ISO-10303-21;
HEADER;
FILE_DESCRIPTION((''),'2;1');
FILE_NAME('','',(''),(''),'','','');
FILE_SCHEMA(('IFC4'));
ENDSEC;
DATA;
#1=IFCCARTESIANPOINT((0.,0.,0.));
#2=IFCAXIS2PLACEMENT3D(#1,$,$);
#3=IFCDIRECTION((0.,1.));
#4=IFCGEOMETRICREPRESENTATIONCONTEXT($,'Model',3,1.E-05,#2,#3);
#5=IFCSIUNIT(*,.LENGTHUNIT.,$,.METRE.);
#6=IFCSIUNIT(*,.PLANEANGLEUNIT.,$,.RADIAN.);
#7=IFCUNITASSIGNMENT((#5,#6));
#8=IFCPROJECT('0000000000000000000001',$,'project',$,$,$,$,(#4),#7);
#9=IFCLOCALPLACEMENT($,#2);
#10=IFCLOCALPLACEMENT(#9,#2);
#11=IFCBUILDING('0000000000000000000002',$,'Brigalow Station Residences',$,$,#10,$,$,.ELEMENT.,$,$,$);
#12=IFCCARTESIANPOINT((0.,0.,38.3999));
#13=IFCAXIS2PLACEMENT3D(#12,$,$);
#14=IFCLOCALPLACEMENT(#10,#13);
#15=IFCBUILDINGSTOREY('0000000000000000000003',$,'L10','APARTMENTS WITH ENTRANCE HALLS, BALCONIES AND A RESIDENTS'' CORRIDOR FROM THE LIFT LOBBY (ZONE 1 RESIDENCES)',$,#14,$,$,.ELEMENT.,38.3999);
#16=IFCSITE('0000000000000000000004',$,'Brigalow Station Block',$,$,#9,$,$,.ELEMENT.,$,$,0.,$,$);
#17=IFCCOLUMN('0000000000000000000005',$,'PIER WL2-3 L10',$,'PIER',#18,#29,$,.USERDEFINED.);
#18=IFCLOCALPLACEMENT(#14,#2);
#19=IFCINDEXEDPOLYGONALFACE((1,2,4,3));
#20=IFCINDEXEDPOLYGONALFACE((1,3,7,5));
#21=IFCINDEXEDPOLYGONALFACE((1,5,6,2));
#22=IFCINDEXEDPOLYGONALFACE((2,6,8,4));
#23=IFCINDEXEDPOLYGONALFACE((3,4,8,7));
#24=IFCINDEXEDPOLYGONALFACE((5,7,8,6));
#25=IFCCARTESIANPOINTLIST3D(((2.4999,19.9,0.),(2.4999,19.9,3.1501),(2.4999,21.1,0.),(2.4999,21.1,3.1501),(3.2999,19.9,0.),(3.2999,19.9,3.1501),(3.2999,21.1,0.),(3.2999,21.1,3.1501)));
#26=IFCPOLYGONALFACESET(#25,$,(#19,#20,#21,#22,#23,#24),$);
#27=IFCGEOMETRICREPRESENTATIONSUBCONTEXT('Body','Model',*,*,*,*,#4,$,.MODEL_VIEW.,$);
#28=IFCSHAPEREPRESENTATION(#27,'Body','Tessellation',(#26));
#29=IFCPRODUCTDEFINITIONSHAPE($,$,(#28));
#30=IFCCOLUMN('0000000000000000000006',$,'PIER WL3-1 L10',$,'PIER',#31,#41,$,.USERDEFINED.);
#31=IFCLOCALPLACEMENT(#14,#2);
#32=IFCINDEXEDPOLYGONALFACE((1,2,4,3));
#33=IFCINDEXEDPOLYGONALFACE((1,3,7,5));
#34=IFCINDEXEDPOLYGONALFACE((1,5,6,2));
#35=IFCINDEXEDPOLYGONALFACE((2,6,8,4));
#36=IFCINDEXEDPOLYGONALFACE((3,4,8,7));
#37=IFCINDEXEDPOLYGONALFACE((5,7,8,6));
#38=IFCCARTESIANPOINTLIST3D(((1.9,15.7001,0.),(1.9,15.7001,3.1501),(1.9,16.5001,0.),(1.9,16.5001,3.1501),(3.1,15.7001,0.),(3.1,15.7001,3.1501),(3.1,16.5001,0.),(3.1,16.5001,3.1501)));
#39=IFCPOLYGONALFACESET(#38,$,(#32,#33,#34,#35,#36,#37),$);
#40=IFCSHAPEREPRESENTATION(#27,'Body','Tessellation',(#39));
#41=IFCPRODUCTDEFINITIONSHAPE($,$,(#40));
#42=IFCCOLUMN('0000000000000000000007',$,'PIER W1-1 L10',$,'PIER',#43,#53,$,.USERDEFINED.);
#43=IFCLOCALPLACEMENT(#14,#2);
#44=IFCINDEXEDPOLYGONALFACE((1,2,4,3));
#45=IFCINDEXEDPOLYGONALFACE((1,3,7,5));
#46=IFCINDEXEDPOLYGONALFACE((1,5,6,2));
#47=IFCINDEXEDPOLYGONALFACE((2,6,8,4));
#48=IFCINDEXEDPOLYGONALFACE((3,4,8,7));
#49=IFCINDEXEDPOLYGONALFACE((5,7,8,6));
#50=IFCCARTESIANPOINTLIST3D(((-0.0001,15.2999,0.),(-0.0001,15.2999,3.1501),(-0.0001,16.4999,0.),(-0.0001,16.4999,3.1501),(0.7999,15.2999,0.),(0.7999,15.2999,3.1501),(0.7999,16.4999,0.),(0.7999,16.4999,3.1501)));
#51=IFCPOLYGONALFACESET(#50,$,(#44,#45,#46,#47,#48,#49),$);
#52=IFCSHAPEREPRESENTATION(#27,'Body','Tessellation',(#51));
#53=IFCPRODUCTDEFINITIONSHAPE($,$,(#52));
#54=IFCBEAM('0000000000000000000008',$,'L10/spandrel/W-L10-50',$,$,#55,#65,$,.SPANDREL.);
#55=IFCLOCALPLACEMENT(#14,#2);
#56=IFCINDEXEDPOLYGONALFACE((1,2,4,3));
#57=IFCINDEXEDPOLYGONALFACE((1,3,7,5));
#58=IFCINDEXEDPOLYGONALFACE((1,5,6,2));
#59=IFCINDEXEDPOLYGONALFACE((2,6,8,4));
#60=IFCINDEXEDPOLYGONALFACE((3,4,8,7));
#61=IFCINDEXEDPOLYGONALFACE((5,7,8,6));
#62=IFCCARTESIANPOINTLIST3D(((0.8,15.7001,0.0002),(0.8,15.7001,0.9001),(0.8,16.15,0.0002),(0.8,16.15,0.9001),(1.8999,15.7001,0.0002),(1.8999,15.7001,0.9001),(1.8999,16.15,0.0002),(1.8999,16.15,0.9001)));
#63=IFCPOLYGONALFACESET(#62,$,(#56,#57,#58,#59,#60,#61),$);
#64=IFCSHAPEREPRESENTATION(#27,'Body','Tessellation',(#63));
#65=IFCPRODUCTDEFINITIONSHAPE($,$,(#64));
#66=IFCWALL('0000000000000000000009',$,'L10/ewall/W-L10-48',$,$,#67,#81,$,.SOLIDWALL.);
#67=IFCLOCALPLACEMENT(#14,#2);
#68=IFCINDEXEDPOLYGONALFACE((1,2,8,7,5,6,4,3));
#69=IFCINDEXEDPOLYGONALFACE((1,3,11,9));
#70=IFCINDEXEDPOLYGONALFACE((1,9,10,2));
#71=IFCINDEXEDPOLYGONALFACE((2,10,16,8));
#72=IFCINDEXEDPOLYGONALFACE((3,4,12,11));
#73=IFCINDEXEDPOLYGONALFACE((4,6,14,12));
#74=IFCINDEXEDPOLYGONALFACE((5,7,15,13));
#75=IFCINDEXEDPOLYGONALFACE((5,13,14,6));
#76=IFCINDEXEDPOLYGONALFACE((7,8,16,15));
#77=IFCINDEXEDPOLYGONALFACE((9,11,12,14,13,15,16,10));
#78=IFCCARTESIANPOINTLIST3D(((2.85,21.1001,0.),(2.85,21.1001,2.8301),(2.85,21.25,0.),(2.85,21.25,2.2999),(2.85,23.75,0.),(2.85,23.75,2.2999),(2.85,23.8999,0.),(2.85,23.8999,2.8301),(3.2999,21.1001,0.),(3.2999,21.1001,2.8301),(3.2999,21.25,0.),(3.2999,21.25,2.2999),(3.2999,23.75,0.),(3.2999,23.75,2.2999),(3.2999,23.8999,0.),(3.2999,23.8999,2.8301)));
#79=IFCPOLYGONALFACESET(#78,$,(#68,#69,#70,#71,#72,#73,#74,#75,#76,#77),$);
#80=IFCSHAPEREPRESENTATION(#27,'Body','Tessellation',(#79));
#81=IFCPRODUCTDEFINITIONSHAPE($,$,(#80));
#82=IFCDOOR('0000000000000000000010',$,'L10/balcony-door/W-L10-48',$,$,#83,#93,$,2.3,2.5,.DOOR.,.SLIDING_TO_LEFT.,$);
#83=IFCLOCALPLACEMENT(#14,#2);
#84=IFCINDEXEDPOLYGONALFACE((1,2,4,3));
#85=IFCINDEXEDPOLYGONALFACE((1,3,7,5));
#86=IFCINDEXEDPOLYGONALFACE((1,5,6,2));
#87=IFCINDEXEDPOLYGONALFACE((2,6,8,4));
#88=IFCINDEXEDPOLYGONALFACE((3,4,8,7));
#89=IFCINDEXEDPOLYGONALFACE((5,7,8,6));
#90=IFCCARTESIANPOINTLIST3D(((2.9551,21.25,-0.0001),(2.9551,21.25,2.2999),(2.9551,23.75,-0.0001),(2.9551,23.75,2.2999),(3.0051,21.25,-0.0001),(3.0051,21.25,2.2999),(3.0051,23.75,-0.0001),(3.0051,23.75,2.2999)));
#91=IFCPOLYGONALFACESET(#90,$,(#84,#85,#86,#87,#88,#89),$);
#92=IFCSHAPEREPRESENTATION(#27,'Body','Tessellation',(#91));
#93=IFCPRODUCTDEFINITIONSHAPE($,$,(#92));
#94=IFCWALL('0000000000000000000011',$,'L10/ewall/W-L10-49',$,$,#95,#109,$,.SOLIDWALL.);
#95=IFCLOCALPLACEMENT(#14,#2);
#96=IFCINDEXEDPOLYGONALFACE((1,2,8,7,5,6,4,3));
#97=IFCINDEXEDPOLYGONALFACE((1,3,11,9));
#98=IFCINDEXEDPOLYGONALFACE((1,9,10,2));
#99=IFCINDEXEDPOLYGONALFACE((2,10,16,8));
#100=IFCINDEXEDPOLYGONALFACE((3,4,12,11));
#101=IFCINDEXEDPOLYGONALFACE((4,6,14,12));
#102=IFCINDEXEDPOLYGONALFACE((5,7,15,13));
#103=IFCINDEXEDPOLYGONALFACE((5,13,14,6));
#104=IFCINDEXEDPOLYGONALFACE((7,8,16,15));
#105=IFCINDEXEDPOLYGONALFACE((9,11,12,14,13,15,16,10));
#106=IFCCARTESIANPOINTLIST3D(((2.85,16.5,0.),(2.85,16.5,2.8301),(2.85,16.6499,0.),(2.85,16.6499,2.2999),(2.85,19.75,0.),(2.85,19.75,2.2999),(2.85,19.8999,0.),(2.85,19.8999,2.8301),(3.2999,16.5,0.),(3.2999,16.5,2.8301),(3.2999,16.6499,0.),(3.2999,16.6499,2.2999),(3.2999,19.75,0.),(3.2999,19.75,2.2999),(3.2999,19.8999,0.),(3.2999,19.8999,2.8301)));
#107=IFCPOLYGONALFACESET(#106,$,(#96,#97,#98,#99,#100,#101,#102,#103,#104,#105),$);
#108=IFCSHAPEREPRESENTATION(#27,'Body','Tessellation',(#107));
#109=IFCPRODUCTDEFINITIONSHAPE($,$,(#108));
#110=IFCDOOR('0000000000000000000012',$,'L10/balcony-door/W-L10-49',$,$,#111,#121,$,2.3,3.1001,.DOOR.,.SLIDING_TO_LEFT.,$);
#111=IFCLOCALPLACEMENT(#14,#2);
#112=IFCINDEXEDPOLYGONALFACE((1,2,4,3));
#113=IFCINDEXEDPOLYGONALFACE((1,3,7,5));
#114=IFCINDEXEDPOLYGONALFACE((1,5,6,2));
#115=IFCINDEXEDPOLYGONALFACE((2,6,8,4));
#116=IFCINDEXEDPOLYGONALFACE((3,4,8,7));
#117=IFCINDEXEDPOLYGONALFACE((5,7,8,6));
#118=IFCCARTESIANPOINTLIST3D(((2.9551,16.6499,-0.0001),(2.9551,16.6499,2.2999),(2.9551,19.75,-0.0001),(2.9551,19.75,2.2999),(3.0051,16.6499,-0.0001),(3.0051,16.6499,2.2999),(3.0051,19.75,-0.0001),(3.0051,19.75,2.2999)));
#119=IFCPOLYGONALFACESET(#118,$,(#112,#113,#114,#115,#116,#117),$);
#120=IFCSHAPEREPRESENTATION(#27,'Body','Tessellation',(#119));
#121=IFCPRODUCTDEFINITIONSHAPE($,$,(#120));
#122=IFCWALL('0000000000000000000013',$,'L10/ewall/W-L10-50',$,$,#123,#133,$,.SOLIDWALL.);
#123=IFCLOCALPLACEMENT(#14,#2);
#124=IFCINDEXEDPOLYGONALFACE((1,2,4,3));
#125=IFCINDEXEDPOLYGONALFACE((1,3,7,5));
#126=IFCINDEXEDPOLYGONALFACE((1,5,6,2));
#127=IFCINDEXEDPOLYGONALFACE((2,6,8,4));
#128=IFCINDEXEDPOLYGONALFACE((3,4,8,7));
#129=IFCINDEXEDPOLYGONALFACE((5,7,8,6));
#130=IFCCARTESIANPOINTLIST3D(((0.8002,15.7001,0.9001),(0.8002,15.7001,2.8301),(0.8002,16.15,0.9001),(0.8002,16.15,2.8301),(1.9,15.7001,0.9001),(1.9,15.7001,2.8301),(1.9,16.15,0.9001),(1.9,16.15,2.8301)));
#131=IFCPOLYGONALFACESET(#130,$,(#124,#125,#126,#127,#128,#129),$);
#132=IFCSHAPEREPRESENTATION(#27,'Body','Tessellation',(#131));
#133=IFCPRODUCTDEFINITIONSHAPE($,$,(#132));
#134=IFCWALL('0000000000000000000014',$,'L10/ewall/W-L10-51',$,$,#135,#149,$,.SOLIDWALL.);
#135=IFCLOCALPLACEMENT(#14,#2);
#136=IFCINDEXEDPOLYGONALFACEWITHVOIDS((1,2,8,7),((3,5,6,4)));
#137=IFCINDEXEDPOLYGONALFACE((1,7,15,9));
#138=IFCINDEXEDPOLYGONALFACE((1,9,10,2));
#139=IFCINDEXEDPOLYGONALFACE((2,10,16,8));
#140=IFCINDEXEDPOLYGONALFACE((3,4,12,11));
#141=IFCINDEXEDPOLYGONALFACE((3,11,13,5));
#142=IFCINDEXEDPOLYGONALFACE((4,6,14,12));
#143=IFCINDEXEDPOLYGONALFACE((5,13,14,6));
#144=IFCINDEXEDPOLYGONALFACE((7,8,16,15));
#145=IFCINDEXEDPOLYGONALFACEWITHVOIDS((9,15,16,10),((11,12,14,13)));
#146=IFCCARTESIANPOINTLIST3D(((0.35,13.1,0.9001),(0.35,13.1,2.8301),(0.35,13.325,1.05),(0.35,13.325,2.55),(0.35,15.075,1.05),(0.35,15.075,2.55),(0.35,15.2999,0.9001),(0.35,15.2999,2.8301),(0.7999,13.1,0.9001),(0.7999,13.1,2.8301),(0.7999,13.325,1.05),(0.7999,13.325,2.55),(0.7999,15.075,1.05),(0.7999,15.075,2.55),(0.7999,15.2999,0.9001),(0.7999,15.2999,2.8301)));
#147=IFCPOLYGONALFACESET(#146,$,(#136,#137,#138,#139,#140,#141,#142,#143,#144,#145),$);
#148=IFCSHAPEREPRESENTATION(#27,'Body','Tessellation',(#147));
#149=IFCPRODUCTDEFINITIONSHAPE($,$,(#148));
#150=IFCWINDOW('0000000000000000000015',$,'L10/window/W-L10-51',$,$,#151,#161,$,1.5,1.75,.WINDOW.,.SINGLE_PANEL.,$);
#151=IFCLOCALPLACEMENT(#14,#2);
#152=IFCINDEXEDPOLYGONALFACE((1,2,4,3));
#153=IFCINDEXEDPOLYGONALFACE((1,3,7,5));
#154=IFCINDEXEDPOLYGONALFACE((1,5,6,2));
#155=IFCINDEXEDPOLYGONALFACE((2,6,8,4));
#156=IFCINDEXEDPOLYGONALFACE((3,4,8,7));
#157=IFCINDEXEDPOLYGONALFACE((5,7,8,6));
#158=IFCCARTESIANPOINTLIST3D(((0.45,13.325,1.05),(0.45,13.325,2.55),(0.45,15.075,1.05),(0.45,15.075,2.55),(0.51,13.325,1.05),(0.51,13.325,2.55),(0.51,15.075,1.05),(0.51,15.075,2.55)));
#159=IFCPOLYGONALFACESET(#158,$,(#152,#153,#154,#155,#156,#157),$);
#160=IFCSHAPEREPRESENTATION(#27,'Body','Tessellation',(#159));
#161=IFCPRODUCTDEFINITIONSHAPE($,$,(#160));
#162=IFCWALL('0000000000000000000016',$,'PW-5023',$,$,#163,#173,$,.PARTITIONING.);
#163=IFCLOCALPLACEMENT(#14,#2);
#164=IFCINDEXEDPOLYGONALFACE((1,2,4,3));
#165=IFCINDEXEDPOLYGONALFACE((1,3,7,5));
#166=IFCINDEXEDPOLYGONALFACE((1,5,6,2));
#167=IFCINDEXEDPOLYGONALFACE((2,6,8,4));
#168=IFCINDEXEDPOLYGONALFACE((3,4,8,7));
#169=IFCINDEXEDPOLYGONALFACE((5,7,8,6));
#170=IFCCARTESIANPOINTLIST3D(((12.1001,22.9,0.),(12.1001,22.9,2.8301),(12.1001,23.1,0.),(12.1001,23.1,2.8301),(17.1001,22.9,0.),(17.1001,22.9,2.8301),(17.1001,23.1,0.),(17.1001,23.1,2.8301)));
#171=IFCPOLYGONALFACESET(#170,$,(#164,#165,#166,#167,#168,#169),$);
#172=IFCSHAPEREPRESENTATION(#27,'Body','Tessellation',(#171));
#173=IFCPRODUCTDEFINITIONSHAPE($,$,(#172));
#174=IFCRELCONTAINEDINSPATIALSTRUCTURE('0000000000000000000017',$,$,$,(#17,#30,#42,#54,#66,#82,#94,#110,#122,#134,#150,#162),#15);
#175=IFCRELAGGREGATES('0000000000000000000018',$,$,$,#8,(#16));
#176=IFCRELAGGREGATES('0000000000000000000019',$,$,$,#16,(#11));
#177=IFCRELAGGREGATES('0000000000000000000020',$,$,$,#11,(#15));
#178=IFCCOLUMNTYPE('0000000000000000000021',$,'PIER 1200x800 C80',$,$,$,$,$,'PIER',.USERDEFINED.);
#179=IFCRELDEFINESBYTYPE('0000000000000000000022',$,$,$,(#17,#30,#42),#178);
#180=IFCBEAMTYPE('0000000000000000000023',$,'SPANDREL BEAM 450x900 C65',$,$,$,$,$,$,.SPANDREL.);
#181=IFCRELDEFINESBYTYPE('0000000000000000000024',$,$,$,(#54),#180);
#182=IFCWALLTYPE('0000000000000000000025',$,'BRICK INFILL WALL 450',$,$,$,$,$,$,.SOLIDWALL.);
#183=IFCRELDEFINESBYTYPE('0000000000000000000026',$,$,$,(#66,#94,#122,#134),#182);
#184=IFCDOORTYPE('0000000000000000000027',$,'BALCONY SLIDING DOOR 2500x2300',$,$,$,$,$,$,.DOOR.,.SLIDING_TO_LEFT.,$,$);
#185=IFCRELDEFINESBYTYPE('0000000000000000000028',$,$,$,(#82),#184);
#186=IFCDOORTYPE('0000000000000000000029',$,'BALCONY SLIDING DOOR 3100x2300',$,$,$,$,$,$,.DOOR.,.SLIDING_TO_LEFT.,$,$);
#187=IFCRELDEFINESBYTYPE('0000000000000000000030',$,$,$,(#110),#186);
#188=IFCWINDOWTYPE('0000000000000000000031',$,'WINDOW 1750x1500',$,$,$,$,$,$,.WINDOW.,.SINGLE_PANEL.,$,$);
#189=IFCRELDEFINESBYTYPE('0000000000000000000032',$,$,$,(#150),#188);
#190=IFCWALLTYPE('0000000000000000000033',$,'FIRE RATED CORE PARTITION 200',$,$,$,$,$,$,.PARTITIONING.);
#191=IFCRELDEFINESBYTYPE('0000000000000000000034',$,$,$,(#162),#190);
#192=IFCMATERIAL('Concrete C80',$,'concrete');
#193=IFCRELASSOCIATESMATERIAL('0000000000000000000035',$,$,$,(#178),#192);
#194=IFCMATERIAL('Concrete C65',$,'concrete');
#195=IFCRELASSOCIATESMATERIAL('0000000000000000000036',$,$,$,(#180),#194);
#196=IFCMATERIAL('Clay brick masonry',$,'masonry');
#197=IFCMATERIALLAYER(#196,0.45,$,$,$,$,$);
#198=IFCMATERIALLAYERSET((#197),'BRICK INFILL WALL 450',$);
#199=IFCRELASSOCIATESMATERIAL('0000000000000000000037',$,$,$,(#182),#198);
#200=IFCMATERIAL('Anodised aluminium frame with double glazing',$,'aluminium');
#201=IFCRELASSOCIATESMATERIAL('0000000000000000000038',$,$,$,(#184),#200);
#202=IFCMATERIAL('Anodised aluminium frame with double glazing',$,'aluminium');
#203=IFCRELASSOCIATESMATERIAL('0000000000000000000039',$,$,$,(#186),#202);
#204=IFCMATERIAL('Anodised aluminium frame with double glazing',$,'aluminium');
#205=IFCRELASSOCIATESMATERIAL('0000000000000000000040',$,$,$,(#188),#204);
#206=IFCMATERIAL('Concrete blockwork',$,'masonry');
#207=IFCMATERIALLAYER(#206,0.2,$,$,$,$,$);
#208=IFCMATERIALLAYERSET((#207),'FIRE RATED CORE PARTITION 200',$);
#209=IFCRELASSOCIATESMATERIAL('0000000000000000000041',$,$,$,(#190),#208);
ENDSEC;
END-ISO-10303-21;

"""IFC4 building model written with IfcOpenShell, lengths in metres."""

from ifc_helpers import new_model, si_unit, direction, frame, frame_2d, origin, origin_2d, place, context, subcontext, project, spatial, rectangle, extrude, material, layer, layer_set, material_profile, profile_set, type_object, element, fill, save


model = new_model("IFC4")

# Units and contexts
model_context = context("Model", 3, precision=1e-05, world=origin(), true_north=direction((0.0, 1.0)))
body_context = subcontext(model_context, "Body", "Model", "MODEL_VIEW")
ifc_project = project(units=[si_unit("LENGTHUNIT", "METRE"), si_unit("PLANEANGLEUNIT", "RADIAN")], contexts=[model_context])

# Site, building, storey
site_placement = place(None, origin())
site = spatial("IfcSite", under=ifc_project, at=site_placement, Name="Brigalow Station Block", CompositionType="ELEMENT", RefElevation=0.0)
building_placement = place(site_placement, origin())
building = spatial("IfcBuilding", under=site, at=building_placement, Name="Brigalow Station Residences", CompositionType="ELEMENT")
storey_placement = place(building_placement, frame((0.0, 0.0, 38.3999)))
storey = spatial("IfcBuildingStorey", under=building, at=storey_placement, Name="L10", Description="APARTMENTS WITH ENTRANCE HALLS, BALCONIES AND A RESIDENTS' CORRIDOR FROM THE LIFT LOBBY (ZONE 1 RESIDENCES)", CompositionType="ELEMENT", Elevation=38.3999)

# Columns
ifc_material_1 = material(Name="Concrete C80", Category="concrete")
ifc_material_profile_1 = material_profile(ifc_material_1, rectangle(XDim=1.2, YDim=0.8, at=origin_2d()), Name="RC1200x800")
ifc_profile_set_1 = profile_set([ifc_material_profile_1], Name="Concrete C80")
column_type = type_object("IfcColumnType", Name="PIER 1200x800 C80", ElementType="PIER", PredefinedType="USERDEFINED", material=ifc_profile_set_1)
for number, where, z_axis, x_axis, name in (
    (1, (2.8999, 20.5, 0.0), (0.0, 0.0, 1.0), (0.0, -1.0, 0.0), "PIER WL2-3 L10"),
    (2, (2.5, 16.1001, 0.0), (0.0, 0.0, 1.0), (-1.0, 0.0, 0.0), "PIER WL3-1 L10"),
    (3, (0.3999, 15.8999, 0.0), (0.0, 0.0, 1.0), (0.0, -1.0, 0.0), "PIER W1-1 L10"),
):
    element("IfcColumn", number, at=place(storey_placement, frame(where, z_axis=z_axis, x_axis=x_axis)), inside=storey, type_object=column_type, Name=name, ObjectType="PIER", PredefinedType="USERDEFINED", context=body_context, shape_type="SweptSolid", body=[
        extrude(rectangle(XDim=1.2, YDim=0.8, at=origin_2d()), origin(), (0.0, 0.0, 1.0), 3.1501),
    ])

# Beam
ifc_material_2 = material(Name="Concrete C65", Category="concrete")
ifc_material_profile_2 = material_profile(ifc_material_2, rectangle(XDim=0.45, YDim=0.8999, at=origin_2d()), Name="RC450x900")
ifc_profile_set_2 = profile_set([ifc_material_profile_2], Name="Concrete C65")
beam_type = type_object("IfcBeamType", Name="SPANDREL BEAM 450x900 C65", PredefinedType="SPANDREL", material=ifc_profile_set_2)
beam_placement = place(storey_placement, frame((1.8999, 15.925, 0.4502), z_axis=(-1.0, 0.0, 0.0), x_axis=(0.0, -1.0, 0.0)))
element("IfcBeam", 4, at=beam_placement, inside=storey, type_object=beam_type, Name="L10/spandrel/W-L10-50", PredefinedType="SPANDREL", context=body_context, shape_type="SweptSolid", body=[
    extrude(rectangle(XDim=0.45, YDim=0.8999, at=origin_2d()), origin(), (0.0, 0.0, 1.0), 1.0999),
])

# Walls, openings, doors
ifc_material_3 = material(Name="Clay brick masonry", Category="masonry")
ifc_layer_1 = layer(ifc_material_3, 0.45)
ifc_layer_set_1 = layer_set([ifc_layer_1], Name="BRICK INFILL WALL 450")
wall_type_1 = type_object("IfcWallType", Name="BRICK INFILL WALL 450", PredefinedType="SOLIDWALL", material=ifc_layer_set_1)
wall_1_placement = place(storey_placement, frame((3.075, 23.8999, 0.0), z_axis=(0.0, 0.0, 1.0), x_axis=(0.0, -1.0, 0.0)))
wall_1 = element("IfcWall", 5, at=wall_1_placement, inside=storey, type_object=wall_type_1, Name="L10/ewall/W-L10-48", PredefinedType="SOLIDWALL", context=body_context, shape_type="SweptSolid", body=[
    extrude(rectangle(XDim=2.7998, YDim=0.45, at=frame_2d((1.3999, 0.0))), origin(), (0.0, 0.0, 1.0), 2.8301),
])
opening_1_placement = place(wall_1_placement, frame((0.1499, 0.0, 0.0)))
opening_1 = element("IfcOpeningElement", 6, at=opening_1_placement, cuts=wall_1, PredefinedType="OPENING", context=body_context, shape_type="SweptSolid", body=[
    extrude(rectangle(XDim=2.5, YDim=2.3, at=frame_2d((1.25, 1.1499))), frame((0.0, 0.2349, 0.0), z_axis=(0.0, -1.0, 0.0), x_axis=(1.0, 0.0, 0.0)), (0.0, 0.0, 1.0), 0.47),
])
ifc_material_4 = material(Name="Anodised aluminium frame with double glazing", Category="aluminium")
door_type_1 = type_object("IfcDoorType", Name="BALCONY SLIDING DOOR 2500x2300", OperationType="SLIDING_TO_LEFT", PredefinedType="DOOR", material=ifc_material_4)
door_1_placement = place(opening_1_placement, origin())
door_1 = element("IfcDoor", 7, at=door_1_placement, inside=storey, type_object=door_type_1, Name="L10/balcony-door/W-L10-48", OperationType="SLIDING_TO_LEFT", OverallHeight=2.3, OverallWidth=2.5, PredefinedType="DOOR", context=body_context, shape_type="SweptSolid", body=[
    extrude(rectangle(XDim=2.5, YDim=2.3, at=frame_2d((1.25, 1.1499))), frame((0.0, -0.0698, 0.0), z_axis=(0.0, -1.0, 0.0), x_axis=(1.0, 0.0, 0.0)), (0.0, 0.0, 1.0), 0.05),
])
fill(opening_1, door_1)
wall_2_placement = place(storey_placement, frame((3.075, 19.8999, 0.0), z_axis=(0.0, 0.0, 1.0), x_axis=(0.0, -1.0, 0.0)))
wall_2 = element("IfcWall", 8, at=wall_2_placement, inside=storey, type_object=wall_type_1, Name="L10/ewall/W-L10-49", PredefinedType="SOLIDWALL", context=body_context, shape_type="SweptSolid", body=[
    extrude(rectangle(XDim=3.3999, YDim=0.45, at=frame_2d((1.7, 0.0))), origin(), (0.0, 0.0, 1.0), 2.8301),
])
opening_2_placement = place(wall_2_placement, frame((0.1499, 0.0, 0.0)))
opening_2 = element("IfcOpeningElement", 9, at=opening_2_placement, cuts=wall_2, PredefinedType="OPENING", context=body_context, shape_type="SweptSolid", body=[
    extrude(rectangle(XDim=3.1001, YDim=2.3, at=frame_2d((1.55, 1.1499))), frame((0.0, 0.2349, 0.0), z_axis=(0.0, -1.0, 0.0), x_axis=(1.0, 0.0, 0.0)), (0.0, 0.0, 1.0), 0.47),
])
ifc_material_5 = material(Name="Anodised aluminium frame with double glazing", Category="aluminium")
door_type_2 = type_object("IfcDoorType", Name="BALCONY SLIDING DOOR 3100x2300", OperationType="SLIDING_TO_LEFT", PredefinedType="DOOR", material=ifc_material_5)
door_2_placement = place(opening_2_placement, origin())
door_2 = element("IfcDoor", 10, at=door_2_placement, inside=storey, type_object=door_type_2, Name="L10/balcony-door/W-L10-49", OperationType="SLIDING_TO_LEFT", OverallHeight=2.3, OverallWidth=3.1001, PredefinedType="DOOR", context=body_context, shape_type="SweptSolid", body=[
    extrude(rectangle(XDim=3.1001, YDim=2.3, at=frame_2d((1.55, 1.1499))), frame((0.0, -0.0698, 0.0), z_axis=(0.0, -1.0, 0.0), x_axis=(1.0, 0.0, 0.0)), (0.0, 0.0, 1.0), 0.05),
])
fill(opening_2, door_2)

# Wall
wall_3_placement = place(storey_placement, frame((1.8999, 15.925, 0.9001), z_axis=(0.0, 0.0, 1.0), x_axis=(-1.0, 0.0, 0.0)))
element("IfcWall", 11, at=wall_3_placement, inside=storey, type_object=wall_type_1, Name="L10/ewall/W-L10-50", PredefinedType="SOLIDWALL", context=body_context, shape_type="SweptSolid", body=[
    extrude(rectangle(XDim=1.0999, YDim=0.45, at=frame_2d((0.5498, 0.0))), origin(), (0.0, 0.0, 1.0), 1.9299),
])

# Wall, opening, window
wall_4_placement = place(storey_placement, frame((0.575, 15.3, 0.9001), z_axis=(0.0, 0.0, 1.0), x_axis=(0.0, -1.0, 0.0)))
wall_4 = element("IfcWall", 12, at=wall_4_placement, inside=storey, type_object=wall_type_1, Name="L10/ewall/W-L10-51", PredefinedType="SOLIDWALL", context=body_context, shape_type="SweptSolid", body=[
    extrude(rectangle(XDim=2.2, YDim=0.45, at=frame_2d((1.1001, 0.0))), origin(), (0.0, 0.0, 1.0), 1.9299),
])
opening_3_placement = place(wall_4_placement, frame((0.2251, 0.0, 0.1499)))
opening_3 = element("IfcOpeningElement", 13, at=opening_3_placement, cuts=wall_4, PredefinedType="OPENING", context=body_context, shape_type="SweptSolid", body=[
    extrude(rectangle(XDim=1.75, YDim=1.5, at=frame_2d((0.875, 0.75))), frame((0.0, 0.2349, 0.0), z_axis=(0.0, -1.0, 0.0), x_axis=(1.0, 0.0, 0.0)), (0.0, 0.0, 1.0), 0.47),
])
ifc_material_6 = material(Name="Anodised aluminium frame with double glazing", Category="aluminium")
window_type = type_object("IfcWindowType", Name="WINDOW 1750x1500", PartitioningType="SINGLE_PANEL", PredefinedType="WINDOW", material=ifc_material_6)
window_placement = place(opening_3_placement, origin())
window = element("IfcWindow", 14, at=window_placement, inside=storey, type_object=window_type, Name="L10/window/W-L10-51", OverallHeight=1.5, OverallWidth=1.75, PartitioningType="SINGLE_PANEL", PredefinedType="WINDOW", context=body_context, shape_type="SweptSolid", body=[
    extrude(rectangle(XDim=1.75, YDim=1.5, at=frame_2d((0.875, 0.75))), frame((0.0, -0.0649, 0.0), z_axis=(0.0, -1.0, 0.0), x_axis=(1.0, 0.0, 0.0)), (0.0, 0.0, 1.0), 0.0601),
])
fill(opening_3, window)

# Wall
ifc_material_7 = material(Name="Concrete blockwork", Category="masonry")
ifc_layer_2 = layer(ifc_material_7, 0.2)
ifc_layer_set_2 = layer_set([ifc_layer_2], Name="FIRE RATED CORE PARTITION 200")
wall_type_2 = type_object("IfcWallType", Name="FIRE RATED CORE PARTITION 200", PredefinedType="PARTITIONING", material=ifc_layer_set_2)
wall_5_placement = place(storey_placement, frame((12.1001, 23.0, 0.0), z_axis=(0.0, 0.0, 1.0), x_axis=(1.0, 0.0, 0.0)))
element("IfcWall", 15, at=wall_5_placement, inside=storey, type_object=wall_type_2, Name="PW-5023", PredefinedType="PARTITIONING", context=body_context, shape_type="SweptSolid", body=[
    extrude(rectangle(XDim=5.0, YDim=0.2, at=frame_2d((2.5, 0.0))), origin(), (0.0, 0.0, 1.0), 2.8301),
])

save(model, "model.ifc")
